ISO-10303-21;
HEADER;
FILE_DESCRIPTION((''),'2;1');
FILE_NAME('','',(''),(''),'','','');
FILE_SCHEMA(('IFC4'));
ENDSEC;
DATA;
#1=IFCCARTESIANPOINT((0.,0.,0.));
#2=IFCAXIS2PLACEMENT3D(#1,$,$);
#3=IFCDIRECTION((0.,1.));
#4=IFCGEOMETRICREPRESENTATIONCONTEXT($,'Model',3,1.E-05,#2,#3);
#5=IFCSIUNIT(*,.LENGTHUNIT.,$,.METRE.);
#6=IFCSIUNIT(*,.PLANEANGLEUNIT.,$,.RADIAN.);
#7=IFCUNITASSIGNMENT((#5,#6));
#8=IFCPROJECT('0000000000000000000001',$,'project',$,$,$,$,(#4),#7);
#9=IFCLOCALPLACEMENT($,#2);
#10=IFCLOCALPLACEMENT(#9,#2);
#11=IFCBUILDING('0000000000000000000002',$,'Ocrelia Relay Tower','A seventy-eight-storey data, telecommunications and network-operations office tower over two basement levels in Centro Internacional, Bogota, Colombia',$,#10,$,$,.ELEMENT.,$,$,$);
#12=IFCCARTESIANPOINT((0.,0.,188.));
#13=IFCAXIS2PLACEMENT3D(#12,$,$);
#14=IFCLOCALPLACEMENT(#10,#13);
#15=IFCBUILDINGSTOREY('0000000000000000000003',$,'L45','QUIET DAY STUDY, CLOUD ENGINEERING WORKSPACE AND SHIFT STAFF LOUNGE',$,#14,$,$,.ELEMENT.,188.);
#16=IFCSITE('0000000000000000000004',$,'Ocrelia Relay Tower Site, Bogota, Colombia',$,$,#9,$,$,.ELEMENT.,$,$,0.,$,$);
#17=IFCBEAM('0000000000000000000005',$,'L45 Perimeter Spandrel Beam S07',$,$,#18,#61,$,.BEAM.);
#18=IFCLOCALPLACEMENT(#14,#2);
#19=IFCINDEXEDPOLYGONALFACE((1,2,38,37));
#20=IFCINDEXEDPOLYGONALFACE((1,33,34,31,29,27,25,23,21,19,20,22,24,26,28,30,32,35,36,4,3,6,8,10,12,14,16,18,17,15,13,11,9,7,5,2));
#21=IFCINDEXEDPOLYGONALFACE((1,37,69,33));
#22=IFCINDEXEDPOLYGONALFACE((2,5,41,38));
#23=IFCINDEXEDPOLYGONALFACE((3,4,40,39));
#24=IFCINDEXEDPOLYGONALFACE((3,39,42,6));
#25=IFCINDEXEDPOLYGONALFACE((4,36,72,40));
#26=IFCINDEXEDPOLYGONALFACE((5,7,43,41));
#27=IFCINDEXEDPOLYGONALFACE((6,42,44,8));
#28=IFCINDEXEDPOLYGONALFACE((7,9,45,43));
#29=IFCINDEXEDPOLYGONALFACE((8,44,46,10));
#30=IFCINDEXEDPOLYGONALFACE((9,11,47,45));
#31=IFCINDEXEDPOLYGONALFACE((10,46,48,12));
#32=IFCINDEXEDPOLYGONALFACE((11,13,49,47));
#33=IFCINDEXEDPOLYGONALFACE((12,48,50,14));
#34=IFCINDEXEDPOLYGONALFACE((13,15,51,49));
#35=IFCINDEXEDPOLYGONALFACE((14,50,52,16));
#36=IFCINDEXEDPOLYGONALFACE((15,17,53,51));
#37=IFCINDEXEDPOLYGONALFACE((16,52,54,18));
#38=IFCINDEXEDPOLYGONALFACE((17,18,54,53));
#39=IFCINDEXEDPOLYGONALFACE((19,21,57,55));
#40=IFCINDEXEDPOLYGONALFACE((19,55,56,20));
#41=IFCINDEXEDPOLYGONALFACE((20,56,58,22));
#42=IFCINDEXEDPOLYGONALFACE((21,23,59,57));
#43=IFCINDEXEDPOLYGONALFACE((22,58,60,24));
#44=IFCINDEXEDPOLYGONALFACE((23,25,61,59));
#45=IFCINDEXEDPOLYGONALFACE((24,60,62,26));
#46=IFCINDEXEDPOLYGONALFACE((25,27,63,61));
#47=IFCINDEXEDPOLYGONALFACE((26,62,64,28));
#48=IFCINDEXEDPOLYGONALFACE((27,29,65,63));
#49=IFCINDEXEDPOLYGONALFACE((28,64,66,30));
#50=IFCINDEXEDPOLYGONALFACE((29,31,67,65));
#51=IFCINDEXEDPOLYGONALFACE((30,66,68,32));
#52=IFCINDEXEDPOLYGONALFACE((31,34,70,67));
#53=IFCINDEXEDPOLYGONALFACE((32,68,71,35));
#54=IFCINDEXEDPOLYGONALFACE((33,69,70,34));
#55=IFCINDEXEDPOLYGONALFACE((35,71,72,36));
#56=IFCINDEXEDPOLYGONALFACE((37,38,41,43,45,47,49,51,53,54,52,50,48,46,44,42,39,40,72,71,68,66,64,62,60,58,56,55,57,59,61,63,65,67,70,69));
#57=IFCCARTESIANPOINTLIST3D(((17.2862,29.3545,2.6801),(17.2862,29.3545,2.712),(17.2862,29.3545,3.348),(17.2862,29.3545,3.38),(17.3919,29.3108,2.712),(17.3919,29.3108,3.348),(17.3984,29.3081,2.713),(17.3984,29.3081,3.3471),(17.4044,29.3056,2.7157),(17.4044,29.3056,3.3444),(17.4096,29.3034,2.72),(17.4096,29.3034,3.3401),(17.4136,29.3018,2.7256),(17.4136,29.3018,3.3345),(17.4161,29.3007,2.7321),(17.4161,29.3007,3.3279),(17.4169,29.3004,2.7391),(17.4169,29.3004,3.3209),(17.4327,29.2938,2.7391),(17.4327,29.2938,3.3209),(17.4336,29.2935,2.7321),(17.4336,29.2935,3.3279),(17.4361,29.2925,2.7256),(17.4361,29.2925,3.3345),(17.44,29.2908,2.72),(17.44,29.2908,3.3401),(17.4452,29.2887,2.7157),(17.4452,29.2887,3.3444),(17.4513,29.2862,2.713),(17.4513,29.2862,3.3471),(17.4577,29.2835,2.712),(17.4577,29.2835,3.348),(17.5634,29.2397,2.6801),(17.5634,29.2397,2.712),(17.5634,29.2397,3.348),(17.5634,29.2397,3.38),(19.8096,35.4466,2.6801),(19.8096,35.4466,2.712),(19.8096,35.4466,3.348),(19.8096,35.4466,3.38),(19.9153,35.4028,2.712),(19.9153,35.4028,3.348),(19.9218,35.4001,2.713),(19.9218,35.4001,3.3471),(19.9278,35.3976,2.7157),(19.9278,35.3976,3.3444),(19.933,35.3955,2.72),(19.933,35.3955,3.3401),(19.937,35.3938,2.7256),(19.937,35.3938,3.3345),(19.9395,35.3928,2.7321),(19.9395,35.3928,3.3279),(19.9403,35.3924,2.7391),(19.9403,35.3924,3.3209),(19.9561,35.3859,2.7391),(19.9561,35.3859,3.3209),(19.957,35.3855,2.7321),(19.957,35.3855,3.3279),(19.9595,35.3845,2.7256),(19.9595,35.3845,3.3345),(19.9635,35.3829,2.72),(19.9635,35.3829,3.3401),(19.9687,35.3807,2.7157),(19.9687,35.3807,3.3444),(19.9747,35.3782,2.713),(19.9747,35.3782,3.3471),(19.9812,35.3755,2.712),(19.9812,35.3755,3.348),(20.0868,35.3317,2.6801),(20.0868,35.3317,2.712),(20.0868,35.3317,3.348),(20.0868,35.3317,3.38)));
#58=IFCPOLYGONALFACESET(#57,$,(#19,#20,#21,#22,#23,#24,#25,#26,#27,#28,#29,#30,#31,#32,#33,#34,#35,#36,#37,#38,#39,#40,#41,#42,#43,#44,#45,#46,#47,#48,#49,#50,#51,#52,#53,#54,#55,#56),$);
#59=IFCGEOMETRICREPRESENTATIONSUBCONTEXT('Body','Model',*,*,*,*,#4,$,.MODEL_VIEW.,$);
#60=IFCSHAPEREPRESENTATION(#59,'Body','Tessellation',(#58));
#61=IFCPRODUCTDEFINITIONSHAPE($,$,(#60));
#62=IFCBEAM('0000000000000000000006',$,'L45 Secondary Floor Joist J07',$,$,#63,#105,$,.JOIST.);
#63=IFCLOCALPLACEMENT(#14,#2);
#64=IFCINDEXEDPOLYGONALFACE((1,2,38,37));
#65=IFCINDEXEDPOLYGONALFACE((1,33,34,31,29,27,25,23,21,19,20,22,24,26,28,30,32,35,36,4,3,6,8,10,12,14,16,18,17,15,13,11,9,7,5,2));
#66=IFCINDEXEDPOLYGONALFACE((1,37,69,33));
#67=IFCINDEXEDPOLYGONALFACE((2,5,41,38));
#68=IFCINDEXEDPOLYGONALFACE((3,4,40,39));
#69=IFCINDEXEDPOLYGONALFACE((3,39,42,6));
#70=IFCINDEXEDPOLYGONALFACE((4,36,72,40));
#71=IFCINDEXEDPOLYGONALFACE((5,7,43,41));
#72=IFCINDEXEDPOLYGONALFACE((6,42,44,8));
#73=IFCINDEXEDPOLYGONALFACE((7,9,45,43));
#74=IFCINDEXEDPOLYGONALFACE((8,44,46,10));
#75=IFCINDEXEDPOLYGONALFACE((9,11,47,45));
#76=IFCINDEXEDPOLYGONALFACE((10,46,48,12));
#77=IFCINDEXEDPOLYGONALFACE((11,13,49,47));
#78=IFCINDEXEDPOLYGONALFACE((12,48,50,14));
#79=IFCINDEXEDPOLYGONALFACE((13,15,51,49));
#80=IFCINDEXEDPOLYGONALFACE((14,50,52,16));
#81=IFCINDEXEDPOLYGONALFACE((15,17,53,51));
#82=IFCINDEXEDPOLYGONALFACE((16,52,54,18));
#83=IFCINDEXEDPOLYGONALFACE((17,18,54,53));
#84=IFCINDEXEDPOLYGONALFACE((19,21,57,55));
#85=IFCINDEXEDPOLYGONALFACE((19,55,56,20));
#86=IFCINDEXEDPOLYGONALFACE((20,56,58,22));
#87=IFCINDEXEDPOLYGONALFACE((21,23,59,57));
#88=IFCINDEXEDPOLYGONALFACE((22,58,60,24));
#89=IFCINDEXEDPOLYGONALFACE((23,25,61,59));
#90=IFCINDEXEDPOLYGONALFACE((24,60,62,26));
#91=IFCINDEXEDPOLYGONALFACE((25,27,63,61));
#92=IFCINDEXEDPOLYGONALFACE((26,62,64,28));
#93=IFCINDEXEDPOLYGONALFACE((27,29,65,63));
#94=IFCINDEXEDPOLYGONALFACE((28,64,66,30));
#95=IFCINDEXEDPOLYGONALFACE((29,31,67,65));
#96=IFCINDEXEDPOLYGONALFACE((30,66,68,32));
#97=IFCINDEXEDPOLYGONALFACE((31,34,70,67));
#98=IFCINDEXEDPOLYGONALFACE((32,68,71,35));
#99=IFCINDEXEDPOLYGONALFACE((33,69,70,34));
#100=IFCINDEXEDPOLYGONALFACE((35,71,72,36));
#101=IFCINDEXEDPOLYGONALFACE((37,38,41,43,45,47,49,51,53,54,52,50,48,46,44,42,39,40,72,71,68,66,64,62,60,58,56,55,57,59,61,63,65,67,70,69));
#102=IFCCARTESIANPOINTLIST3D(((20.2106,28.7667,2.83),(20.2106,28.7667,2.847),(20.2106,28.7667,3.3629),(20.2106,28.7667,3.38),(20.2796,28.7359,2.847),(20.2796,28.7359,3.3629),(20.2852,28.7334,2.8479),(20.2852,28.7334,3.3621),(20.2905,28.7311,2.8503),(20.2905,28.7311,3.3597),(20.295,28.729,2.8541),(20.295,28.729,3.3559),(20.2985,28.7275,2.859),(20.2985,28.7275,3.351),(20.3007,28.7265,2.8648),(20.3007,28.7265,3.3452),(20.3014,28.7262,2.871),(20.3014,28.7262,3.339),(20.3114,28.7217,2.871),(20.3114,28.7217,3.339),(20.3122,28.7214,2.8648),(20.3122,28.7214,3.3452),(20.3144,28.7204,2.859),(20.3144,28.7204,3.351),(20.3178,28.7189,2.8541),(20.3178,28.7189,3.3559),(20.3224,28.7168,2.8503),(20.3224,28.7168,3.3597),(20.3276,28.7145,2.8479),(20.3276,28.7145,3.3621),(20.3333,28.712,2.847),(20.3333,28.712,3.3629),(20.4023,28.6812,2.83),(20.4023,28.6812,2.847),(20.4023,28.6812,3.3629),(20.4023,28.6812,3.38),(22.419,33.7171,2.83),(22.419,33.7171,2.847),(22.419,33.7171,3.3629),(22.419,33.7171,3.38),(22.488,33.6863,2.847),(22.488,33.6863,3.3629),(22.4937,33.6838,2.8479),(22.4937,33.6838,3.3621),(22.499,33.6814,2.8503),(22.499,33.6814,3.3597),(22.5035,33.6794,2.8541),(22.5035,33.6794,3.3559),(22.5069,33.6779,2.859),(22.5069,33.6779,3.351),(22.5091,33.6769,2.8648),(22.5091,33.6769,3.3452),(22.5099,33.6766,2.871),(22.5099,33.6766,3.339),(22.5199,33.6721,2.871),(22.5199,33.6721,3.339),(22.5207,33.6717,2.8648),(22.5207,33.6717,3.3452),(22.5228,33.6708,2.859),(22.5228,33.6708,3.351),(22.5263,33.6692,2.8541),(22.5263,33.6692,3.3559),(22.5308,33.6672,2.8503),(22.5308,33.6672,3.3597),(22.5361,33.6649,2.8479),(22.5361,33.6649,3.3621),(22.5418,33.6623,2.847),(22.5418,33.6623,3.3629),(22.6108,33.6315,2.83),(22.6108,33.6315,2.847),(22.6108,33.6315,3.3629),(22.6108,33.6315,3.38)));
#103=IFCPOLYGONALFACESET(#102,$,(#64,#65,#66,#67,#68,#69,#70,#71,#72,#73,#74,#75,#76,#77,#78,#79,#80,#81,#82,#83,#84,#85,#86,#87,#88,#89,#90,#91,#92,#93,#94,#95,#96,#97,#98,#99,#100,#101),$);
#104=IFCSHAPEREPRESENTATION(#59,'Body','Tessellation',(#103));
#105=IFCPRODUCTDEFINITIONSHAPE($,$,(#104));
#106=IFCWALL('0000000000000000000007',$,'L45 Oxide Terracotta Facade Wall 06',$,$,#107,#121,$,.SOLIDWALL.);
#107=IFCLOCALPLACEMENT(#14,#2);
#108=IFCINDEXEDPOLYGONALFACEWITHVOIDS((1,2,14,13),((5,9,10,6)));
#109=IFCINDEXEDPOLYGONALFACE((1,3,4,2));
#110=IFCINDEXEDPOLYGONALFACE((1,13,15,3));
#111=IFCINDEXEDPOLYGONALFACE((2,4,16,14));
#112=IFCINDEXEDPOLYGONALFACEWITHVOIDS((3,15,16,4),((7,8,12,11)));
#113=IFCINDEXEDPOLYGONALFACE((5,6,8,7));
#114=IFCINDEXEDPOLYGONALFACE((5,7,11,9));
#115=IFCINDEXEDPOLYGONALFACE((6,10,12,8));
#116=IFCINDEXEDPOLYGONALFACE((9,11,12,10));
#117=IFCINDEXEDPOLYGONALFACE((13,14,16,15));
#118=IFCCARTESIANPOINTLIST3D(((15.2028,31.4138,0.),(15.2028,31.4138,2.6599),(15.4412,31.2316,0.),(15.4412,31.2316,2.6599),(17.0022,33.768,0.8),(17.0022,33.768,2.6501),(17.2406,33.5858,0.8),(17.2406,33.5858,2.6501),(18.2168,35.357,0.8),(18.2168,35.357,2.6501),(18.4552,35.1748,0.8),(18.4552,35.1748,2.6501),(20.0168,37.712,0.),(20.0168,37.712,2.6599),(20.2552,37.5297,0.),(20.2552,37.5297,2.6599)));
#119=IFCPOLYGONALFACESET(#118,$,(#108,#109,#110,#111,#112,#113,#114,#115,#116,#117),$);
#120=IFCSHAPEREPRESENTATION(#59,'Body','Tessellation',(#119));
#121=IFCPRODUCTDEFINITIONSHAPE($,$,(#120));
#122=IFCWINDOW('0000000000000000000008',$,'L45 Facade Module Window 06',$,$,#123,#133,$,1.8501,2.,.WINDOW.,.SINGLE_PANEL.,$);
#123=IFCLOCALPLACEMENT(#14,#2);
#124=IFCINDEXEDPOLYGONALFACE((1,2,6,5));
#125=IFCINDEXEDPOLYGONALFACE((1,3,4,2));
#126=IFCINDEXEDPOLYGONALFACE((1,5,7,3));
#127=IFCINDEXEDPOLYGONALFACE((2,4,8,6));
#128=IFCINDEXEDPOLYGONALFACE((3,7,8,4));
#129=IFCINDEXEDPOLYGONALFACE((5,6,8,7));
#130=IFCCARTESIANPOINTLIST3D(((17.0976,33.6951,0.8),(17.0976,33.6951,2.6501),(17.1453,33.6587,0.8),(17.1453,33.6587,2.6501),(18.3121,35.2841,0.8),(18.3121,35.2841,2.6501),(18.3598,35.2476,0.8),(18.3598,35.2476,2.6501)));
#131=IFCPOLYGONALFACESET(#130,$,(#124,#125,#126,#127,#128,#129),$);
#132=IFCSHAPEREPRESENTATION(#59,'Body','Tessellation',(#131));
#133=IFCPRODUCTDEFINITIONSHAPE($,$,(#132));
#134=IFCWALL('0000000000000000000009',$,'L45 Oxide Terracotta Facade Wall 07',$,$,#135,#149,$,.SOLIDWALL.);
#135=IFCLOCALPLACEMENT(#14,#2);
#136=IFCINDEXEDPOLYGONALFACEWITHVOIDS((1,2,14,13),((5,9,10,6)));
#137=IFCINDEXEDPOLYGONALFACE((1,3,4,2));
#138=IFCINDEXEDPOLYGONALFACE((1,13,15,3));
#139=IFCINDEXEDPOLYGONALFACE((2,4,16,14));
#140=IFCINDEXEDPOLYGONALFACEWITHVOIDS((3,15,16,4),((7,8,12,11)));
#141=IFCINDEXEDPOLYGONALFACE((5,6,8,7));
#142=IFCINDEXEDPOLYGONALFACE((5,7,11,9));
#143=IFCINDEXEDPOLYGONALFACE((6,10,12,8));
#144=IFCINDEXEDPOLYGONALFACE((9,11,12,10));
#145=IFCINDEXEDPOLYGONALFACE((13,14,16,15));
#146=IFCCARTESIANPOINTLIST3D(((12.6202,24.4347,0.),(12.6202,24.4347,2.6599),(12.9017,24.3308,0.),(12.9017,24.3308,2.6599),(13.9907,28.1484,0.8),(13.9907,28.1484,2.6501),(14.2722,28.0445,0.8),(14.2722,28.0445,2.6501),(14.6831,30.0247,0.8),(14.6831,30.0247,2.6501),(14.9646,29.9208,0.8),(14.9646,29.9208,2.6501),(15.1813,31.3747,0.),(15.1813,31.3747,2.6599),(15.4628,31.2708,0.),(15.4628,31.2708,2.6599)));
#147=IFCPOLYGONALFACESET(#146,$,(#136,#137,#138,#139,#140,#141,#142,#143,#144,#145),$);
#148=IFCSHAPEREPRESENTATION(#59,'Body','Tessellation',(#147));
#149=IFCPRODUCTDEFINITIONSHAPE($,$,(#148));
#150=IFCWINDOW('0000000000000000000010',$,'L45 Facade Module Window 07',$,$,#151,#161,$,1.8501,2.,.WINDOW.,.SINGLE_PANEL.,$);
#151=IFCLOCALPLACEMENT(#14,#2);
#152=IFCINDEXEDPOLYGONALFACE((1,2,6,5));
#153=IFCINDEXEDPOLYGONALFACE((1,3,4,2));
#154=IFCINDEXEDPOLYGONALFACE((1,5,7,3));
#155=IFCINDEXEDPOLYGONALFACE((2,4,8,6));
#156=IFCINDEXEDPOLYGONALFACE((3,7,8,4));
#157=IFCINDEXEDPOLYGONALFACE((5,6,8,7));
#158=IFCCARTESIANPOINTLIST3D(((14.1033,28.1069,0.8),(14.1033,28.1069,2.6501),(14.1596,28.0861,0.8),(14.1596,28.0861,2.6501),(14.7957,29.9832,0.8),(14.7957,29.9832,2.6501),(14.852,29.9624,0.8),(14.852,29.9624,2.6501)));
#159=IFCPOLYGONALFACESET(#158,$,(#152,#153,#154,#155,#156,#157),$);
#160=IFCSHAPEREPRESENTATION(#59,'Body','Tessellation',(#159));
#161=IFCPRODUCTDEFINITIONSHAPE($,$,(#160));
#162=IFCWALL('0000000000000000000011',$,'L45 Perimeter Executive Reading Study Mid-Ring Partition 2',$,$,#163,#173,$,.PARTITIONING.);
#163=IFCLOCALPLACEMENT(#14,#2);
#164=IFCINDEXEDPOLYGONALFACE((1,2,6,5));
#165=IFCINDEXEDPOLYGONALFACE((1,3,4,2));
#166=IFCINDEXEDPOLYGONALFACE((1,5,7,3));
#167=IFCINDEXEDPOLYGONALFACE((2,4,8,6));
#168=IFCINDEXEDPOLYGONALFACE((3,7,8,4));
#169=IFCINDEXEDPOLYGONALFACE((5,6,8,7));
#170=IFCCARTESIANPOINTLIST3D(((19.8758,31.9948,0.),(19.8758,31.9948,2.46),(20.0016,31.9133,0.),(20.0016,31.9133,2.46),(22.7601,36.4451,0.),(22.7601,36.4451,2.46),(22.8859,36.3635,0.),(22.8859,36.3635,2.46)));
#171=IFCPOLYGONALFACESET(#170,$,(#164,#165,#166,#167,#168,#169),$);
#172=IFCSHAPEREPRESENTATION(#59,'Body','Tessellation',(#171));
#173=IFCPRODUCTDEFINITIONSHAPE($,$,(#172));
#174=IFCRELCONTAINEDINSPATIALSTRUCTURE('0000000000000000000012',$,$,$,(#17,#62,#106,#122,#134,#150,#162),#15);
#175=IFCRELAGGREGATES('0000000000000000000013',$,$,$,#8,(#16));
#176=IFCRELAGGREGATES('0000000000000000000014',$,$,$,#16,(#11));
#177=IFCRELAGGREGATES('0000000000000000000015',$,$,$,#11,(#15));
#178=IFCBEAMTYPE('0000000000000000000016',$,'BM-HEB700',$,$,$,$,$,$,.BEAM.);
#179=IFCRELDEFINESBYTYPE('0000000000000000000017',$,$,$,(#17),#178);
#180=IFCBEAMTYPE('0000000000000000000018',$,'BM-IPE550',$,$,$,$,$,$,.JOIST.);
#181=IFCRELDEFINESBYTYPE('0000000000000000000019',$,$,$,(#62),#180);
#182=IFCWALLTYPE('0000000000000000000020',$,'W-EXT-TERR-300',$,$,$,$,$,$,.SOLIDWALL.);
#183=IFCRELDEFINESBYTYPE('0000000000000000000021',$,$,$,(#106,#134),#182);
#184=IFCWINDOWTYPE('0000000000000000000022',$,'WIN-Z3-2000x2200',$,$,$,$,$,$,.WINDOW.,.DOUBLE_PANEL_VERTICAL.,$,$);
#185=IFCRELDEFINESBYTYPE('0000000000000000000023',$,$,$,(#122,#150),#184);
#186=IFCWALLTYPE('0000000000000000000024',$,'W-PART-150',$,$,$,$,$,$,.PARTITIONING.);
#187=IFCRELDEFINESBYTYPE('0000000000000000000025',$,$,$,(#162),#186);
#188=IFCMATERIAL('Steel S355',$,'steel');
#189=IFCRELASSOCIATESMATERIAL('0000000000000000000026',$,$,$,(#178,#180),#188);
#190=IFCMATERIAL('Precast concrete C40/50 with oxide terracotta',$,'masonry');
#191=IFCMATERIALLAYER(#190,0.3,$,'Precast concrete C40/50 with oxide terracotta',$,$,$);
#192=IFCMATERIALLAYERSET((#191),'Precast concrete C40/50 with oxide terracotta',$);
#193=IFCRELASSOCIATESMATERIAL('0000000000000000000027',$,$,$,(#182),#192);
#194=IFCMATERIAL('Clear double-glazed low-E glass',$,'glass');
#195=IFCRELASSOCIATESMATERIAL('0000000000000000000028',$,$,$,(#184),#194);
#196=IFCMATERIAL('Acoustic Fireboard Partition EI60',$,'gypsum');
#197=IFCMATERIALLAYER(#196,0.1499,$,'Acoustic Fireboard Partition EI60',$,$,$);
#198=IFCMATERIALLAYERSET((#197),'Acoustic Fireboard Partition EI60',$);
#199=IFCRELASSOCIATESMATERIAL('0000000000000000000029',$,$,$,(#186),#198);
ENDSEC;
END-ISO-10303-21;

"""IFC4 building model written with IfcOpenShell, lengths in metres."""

from ifc_helpers import new_model, si_unit, direction, frame, frame_2d, origin, origin_2d, place, context, subcontext, project, spatial, rectangle, i_section, extrude, material, layer, layer_set, material_profile, profile_set, type_object, element, fill, save


model = new_model("IFC4")

# Units and contexts
model_context = context("Model", 3, precision=1e-05, world=origin(), true_north=direction((0.0, 1.0)))
body_context = subcontext(model_context, "Body", "Model", "MODEL_VIEW")
ifc_project = project(units=[si_unit("LENGTHUNIT", "METRE"), si_unit("PLANEANGLEUNIT", "RADIAN")], contexts=[model_context])

# Site, building, storey
site_placement = place(None, origin())
site = spatial("IfcSite", under=ifc_project, at=site_placement, Name="Ocrelia Relay Tower Site, Bogota, Colombia", CompositionType="ELEMENT", RefElevation=0.0)
building_placement = place(site_placement, origin())
building = spatial("IfcBuilding", under=site, at=building_placement, Name="Ocrelia Relay Tower", Description="A seventy-eight-storey data, telecommunications and network-operations office tower over two basement levels in Centro Internacional, Bogota, Colombia", CompositionType="ELEMENT")
storey_placement = place(building_placement, frame((0.0, 0.0, 188.0)))
storey = spatial("IfcBuildingStorey", under=building, at=storey_placement, Name="L45", Description="QUIET DAY STUDY, CLOUD ENGINEERING WORKSPACE AND SHIFT STAFF LOUNGE", CompositionType="ELEMENT", Elevation=188.0)

# Beams
ifc_material_1 = material(Name="Steel S355", Category="steel")
ifc_material_profile_1 = material_profile(ifc_material_1, i_section(OverallWidth=0.3, OverallDepth=0.7, WebThickness=0.0171, FlangeThickness=0.032, FilletRadius=0.0271, at=origin_2d()), Name="HEB 700")
ifc_profile_set_1 = profile_set([ifc_material_profile_1], Name="Steel S355")
beam_type_1 = type_object("IfcBeamType", Name="BM-HEB700", PredefinedType="BEAM", material=ifc_profile_set_1)
beam_1_placement = place(storey_placement, frame((19.9482, 35.3892, 3.03), z_axis=(-0.382688, -0.923878, 0.0), x_axis=(0.923878, -0.382688, 0.0)))
element("IfcBeam", 1, at=beam_1_placement, inside=storey, type_object=beam_type_1, Name="L45 Perimeter Spandrel Beam S07", PredefinedType="BEAM", context=body_context, shape_type="SweptSolid", body=[
    extrude(i_section(OverallWidth=0.3, OverallDepth=0.7, WebThickness=0.0171, FlangeThickness=0.032, FilletRadius=0.0271, at=origin_2d()), origin(), (0.0, 0.0, 1.0), 6.594),
])
ifc_material_profile_2 = material_profile(ifc_material_1, i_section(OverallWidth=0.21, OverallDepth=0.55, WebThickness=0.011, FlangeThickness=0.0171, FilletRadius=0.0239, at=origin_2d()), Name="IPE 550")
ifc_profile_set_2 = profile_set([ifc_material_profile_2], Name="Steel S355")
beam_type_2 = type_object("IfcBeamType", Name="BM-IPE550", PredefinedType="JOIST", material=ifc_profile_set_2)
beam_2_placement = place(storey_placement, frame((22.5149, 33.6743, 3.105), z_axis=(-0.407417, -0.913242, 0.0), x_axis=(0.913242, -0.407417, 0.0)))
element("IfcBeam", 2, at=beam_2_placement, inside=storey, type_object=beam_type_2, Name="L45 Secondary Floor Joist J07", PredefinedType="JOIST", context=body_context, shape_type="SweptSolid", body=[
    extrude(i_section(OverallWidth=0.21, OverallDepth=0.55, WebThickness=0.011, FlangeThickness=0.0171, FilletRadius=0.0239, at=origin_2d()), origin(), (0.0, 0.0, 1.0), 5.4207),
])

# Walls, openings, windows
ifc_material_2 = material(Name="Precast concrete C40/50 with oxide terracotta", Category="masonry")
ifc_layer_1 = layer(ifc_material_2, 0.3, Name="Precast concrete C40/50 with oxide terracotta")
ifc_layer_set_1 = layer_set([ifc_layer_1], Name="Precast concrete C40/50 with oxide terracotta")
wall_type_1 = type_object("IfcWallType", Name="W-EXT-TERR-300", PredefinedType="SOLIDWALL", material=ifc_layer_set_1)
wall_1_placement = place(storey_placement, frame((20.136, 37.6208, 0.0), z_axis=(0.0, 0.0, 1.0), x_axis=(-0.607273, -0.794493, 0.0)))
wall_1 = element("IfcWall", 3, at=wall_1_placement, inside=storey, type_object=wall_type_1, Name="L45 Oxide Terracotta Facade Wall 06", PredefinedType="SOLIDWALL", context=body_context, shape_type="SweptSolid", body=[
    extrude(rectangle(XDim=7.9272, YDim=0.3, at=frame_2d((3.9636, 0.0))), origin(), (0.0, 0.0, 1.0), 2.6599),
])
opening_1_placement = place(wall_1_placement, frame((2.9641, 0.0, 0.8)))
opening_1 = element("IfcOpeningElement", 4, at=opening_1_placement, cuts=wall_1, PredefinedType="OPENING", context=body_context, shape_type="SweptSolid", body=[
    extrude(rectangle(XDim=2.0, YDim=1.8501, at=frame_2d((1.0, 0.925))), frame((0.0, 0.1602, 0.0), z_axis=(0.0, -1.0, 0.0), x_axis=(1.0, 0.0, 0.0)), (0.0, 0.0, 1.0), 0.3201),
])
ifc_material_3 = material(Name="Clear double-glazed low-E glass", Category="glass")
window_type = type_object("IfcWindowType", Name="WIN-Z3-2000x2200", PartitioningType="DOUBLE_PANEL_VERTICAL", PredefinedType="WINDOW", material=ifc_material_3)
window_1_placement = place(opening_1_placement, origin())
window_1 = element("IfcWindow", 5, at=window_1_placement, inside=storey, type_object=window_type, Name="L45 Facade Module Window 06", OverallHeight=1.8501, OverallWidth=2.0, PartitioningType="SINGLE_PANEL", PredefinedType="WINDOW", context=body_context, shape_type="SweptSolid", body=[
    extrude(rectangle(XDim=2.0, YDim=1.8501, at=frame_2d((1.0, 0.925))), frame((0.0, 0.03, 0.0), z_axis=(0.0, -1.0, 0.0), x_axis=(1.0, 0.0, 0.0)), (0.0, 0.0, 1.0), 0.0601),
])
fill(opening_1, window_1)
wall_2_placement = place(storey_placement, frame((15.322, 31.3228, 0.0), z_axis=(0.0, 0.0, 1.0), x_axis=(-0.346207, -0.938158, 0.0)))
wall_2 = element("IfcWall", 6, at=wall_2_placement, inside=storey, type_object=wall_type_1, Name="L45 Oxide Terracotta Facade Wall 07", PredefinedType="SOLIDWALL", context=body_context, shape_type="SweptSolid", body=[
    extrude(rectangle(XDim=7.3975, YDim=0.3, at=frame_2d((3.6987, 0.0))), origin(), (0.0, 0.0, 1.0), 2.6599),
])
opening_2_placement = place(wall_2_placement, frame((1.439, 0.0, 0.8)))
opening_2 = element("IfcOpeningElement", 7, at=opening_2_placement, cuts=wall_2, PredefinedType="OPENING", context=body_context, shape_type="SweptSolid", body=[
    extrude(rectangle(XDim=2.0, YDim=1.8501, at=frame_2d((1.0, 0.925))), frame((0.0, 0.1602, 0.0), z_axis=(0.0, -1.0, 0.0), x_axis=(1.0, 0.0, 0.0)), (0.0, 0.0, 1.0), 0.3201),
])
window_2_placement = place(opening_2_placement, origin())
window_2 = element("IfcWindow", 8, at=window_2_placement, inside=storey, type_object=window_type, Name="L45 Facade Module Window 07", OverallHeight=1.8501, OverallWidth=2.0, PartitioningType="SINGLE_PANEL", PredefinedType="WINDOW", context=body_context, shape_type="SweptSolid", body=[
    extrude(rectangle(XDim=2.0, YDim=1.8501, at=frame_2d((1.0, 0.925))), frame((0.0, 0.03, 0.0), z_axis=(0.0, -1.0, 0.0), x_axis=(1.0, 0.0, 0.0)), (0.0, 0.0, 1.0), 0.0601),
])
fill(opening_2, window_2)

# Wall
ifc_material_4 = material(Name="Acoustic Fireboard Partition EI60", Category="gypsum")
ifc_layer_2 = layer(ifc_material_4, 0.1499, Name="Acoustic Fireboard Partition EI60")
ifc_layer_set_2 = layer_set([ifc_layer_2], Name="Acoustic Fireboard Partition EI60")
wall_type_2 = type_object("IfcWallType", Name="W-PART-150", PredefinedType="PARTITIONING", material=ifc_layer_set_2)
for number, where, z_axis, x_axis, name in (
    (9, (22.823, 36.4043, 0.0), (0.0, 0.0, 1.0), (-0.543881, -0.839162, 0.0), "L45 Perimeter Executive Reading Study Mid-Ring Partition 2"),
):
    element("IfcWall", number, at=place(storey_placement, frame(where, z_axis=z_axis, x_axis=x_axis)), inside=storey, type_object=wall_type_2, Name=name, PredefinedType="PARTITIONING", context=body_context, shape_type="SweptSolid", body=[
        extrude(rectangle(XDim=5.3032, YDim=0.1499, at=frame_2d((2.6516, 0.0))), origin(), (0.0, 0.0, 1.0), 2.46),
    ])

save(model, "model.ifc")
